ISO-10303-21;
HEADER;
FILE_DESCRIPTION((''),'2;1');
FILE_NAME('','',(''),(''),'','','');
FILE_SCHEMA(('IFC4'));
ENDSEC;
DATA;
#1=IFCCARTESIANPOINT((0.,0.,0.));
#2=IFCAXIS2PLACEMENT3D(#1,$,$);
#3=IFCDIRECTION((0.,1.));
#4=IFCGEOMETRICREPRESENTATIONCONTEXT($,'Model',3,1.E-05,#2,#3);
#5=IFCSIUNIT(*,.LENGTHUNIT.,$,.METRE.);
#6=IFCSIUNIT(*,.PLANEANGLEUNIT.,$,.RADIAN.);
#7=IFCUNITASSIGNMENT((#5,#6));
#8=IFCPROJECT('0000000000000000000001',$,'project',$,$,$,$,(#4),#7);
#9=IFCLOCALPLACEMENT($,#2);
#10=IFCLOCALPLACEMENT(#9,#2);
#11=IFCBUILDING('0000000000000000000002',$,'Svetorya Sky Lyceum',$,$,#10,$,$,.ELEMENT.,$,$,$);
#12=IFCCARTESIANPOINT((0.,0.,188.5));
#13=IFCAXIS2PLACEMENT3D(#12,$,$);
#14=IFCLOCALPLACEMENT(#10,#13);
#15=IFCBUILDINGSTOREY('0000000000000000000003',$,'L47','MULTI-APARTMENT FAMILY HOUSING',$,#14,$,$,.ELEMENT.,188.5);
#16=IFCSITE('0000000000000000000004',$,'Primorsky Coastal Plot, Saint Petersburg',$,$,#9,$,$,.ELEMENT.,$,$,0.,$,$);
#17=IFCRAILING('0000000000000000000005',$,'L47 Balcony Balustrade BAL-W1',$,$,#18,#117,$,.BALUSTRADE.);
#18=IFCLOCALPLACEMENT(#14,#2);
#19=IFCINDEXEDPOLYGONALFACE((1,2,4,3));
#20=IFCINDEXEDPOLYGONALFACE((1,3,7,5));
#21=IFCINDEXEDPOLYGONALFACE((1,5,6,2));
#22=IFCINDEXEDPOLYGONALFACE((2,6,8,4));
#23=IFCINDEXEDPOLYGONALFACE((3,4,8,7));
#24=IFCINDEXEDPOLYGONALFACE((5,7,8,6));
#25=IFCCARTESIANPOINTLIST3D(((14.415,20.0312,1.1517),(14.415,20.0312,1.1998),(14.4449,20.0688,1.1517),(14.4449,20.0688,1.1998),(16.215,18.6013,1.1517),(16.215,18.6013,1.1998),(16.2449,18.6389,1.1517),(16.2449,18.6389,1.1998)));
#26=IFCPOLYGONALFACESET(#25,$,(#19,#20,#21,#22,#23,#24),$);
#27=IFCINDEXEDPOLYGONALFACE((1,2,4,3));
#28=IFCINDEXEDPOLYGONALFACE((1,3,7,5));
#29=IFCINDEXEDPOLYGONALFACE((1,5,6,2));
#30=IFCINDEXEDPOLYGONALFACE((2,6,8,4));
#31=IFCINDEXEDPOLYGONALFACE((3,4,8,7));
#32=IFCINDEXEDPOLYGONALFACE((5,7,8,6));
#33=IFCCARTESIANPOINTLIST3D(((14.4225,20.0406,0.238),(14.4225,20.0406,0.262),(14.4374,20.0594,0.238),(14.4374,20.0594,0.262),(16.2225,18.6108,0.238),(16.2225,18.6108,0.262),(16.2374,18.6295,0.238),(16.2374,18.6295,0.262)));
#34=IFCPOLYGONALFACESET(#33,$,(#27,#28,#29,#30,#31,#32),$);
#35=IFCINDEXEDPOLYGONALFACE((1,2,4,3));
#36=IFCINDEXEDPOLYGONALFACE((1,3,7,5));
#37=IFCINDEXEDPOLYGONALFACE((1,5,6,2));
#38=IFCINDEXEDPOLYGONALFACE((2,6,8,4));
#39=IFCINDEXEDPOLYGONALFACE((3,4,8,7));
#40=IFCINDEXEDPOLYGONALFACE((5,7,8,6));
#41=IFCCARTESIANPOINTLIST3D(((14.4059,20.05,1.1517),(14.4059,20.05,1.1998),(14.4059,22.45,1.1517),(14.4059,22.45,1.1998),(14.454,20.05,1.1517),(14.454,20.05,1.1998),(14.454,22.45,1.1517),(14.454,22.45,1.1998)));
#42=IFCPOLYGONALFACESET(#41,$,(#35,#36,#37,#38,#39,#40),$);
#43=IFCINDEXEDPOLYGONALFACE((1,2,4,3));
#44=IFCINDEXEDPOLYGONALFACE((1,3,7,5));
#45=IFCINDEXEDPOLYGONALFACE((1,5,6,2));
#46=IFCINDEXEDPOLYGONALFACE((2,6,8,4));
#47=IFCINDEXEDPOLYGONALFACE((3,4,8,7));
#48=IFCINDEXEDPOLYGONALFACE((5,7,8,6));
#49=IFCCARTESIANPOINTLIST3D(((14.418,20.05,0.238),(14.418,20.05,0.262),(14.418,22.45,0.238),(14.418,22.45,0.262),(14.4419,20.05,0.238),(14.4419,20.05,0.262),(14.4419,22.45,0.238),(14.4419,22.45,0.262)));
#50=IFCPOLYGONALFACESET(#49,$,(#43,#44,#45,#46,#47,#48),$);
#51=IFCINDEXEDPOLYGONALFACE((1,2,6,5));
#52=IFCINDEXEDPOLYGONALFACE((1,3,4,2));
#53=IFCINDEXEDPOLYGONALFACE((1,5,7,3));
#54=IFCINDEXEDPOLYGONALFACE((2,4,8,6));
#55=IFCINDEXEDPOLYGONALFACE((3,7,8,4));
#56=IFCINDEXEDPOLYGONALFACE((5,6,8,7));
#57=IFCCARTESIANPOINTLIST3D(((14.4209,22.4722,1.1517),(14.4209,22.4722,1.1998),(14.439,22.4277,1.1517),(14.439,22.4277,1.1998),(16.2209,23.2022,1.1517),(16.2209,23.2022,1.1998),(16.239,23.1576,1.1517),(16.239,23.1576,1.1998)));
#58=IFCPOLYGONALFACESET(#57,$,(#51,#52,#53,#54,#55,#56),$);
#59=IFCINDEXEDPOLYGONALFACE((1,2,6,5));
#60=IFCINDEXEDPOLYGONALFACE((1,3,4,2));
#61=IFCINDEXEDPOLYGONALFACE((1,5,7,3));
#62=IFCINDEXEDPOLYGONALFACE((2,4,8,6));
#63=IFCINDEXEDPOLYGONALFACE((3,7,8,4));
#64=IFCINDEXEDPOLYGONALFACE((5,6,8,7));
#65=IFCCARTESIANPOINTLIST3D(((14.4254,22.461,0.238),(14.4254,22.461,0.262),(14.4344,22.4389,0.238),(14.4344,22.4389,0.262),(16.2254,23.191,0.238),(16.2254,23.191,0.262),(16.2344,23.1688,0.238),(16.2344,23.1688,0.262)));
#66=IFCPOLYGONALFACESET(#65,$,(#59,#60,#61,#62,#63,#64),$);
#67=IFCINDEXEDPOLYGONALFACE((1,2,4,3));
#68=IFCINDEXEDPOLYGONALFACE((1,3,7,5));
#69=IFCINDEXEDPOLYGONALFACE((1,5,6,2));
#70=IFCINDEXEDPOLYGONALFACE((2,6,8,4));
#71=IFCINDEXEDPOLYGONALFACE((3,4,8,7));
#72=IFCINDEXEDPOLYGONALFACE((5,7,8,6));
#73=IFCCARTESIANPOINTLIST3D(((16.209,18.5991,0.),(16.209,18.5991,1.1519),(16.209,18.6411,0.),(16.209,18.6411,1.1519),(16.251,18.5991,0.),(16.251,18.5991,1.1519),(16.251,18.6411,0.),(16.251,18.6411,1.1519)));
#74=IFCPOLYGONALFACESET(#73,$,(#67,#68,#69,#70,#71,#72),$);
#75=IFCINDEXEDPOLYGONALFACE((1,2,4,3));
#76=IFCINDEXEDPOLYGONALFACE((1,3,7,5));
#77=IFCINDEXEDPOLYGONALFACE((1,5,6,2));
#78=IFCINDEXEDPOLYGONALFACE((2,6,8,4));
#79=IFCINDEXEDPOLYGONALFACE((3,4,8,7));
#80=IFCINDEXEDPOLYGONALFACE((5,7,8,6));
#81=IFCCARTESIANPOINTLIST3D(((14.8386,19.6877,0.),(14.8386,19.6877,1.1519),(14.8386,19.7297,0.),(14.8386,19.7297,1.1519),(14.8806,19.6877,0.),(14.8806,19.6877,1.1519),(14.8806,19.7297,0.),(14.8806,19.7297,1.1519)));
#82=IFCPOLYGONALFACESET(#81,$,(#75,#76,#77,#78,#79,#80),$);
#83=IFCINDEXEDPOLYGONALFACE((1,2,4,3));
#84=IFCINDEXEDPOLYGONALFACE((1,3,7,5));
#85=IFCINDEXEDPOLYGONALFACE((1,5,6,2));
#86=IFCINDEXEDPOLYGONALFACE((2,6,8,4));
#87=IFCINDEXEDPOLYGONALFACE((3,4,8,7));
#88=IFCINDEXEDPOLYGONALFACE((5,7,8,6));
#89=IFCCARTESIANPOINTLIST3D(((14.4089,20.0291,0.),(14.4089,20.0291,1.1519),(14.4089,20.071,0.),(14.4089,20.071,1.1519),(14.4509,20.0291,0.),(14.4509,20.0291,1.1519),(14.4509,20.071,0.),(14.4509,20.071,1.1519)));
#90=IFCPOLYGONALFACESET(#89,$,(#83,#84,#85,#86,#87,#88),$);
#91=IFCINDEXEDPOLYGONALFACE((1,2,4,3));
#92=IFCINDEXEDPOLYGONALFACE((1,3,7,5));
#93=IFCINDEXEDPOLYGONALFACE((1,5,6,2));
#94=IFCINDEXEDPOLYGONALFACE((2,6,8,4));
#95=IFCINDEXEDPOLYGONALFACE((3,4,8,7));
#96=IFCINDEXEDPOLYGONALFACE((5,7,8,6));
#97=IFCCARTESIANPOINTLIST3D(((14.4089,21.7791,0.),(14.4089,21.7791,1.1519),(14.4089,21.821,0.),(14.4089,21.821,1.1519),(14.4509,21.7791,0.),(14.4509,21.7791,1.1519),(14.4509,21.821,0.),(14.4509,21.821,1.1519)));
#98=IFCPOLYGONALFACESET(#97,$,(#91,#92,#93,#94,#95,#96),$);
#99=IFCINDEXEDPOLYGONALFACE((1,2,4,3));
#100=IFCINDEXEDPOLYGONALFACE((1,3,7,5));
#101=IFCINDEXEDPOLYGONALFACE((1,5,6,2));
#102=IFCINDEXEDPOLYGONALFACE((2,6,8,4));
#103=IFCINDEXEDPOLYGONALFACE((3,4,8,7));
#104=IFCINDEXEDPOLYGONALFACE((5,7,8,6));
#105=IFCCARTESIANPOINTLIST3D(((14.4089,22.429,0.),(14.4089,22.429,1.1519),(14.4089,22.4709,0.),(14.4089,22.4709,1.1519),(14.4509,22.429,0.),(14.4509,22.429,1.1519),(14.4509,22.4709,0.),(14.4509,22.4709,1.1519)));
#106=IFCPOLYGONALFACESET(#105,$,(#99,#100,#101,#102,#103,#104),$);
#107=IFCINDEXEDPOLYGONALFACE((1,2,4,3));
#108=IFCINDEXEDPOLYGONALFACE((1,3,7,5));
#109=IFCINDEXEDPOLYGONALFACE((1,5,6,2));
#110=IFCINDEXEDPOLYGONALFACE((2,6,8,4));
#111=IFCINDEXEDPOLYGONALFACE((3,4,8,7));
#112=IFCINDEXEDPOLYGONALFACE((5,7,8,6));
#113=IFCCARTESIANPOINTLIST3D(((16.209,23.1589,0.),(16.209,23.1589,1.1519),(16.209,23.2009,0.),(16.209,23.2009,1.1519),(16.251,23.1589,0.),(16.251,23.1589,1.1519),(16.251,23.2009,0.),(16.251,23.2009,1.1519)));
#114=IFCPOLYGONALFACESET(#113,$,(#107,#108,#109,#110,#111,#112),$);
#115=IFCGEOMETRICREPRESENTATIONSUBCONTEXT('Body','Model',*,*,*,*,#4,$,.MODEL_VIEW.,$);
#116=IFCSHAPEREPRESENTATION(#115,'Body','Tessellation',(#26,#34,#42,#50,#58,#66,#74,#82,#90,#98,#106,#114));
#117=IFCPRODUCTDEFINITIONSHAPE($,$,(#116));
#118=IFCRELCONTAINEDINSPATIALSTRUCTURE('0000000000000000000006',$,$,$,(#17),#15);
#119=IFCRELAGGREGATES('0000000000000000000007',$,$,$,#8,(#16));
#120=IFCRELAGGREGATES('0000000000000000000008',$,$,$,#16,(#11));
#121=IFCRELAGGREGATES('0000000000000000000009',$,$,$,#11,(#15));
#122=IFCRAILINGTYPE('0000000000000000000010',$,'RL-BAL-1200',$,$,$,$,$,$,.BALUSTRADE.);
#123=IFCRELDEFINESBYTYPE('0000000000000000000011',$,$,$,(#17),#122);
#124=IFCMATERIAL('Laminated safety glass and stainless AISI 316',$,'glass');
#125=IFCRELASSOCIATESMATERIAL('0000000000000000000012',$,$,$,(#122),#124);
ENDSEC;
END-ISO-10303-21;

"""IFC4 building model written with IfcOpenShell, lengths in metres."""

from ifc_helpers import new_model, si_unit, direction, frame, origin, origin_2d, place, context, subcontext, project, spatial, rectangle, extrude, material, type_object, element, save


model = new_model("IFC4")

# Units and contexts
model_context = context("Model", 3, precision=1e-05, world=origin(), true_north=direction((0.0, 1.0)))
body_context = subcontext(model_context, "Body", "Model", "MODEL_VIEW")
ifc_project = project(units=[si_unit("LENGTHUNIT", "METRE"), si_unit("PLANEANGLEUNIT", "RADIAN")], contexts=[model_context])

# Site, building, storey
site_placement = place(None, origin())
site = spatial("IfcSite", under=ifc_project, at=site_placement, Name="Primorsky Coastal Plot, Saint Petersburg", CompositionType="ELEMENT", RefElevation=0.0)
building_placement = place(site_placement, origin())
building = spatial("IfcBuilding", under=site, at=building_placement, Name="Svetorya Sky Lyceum", CompositionType="ELEMENT")
storey_placement = place(building_placement, frame((0.0, 0.0, 188.5)))
storey = spatial("IfcBuildingStorey", under=building, at=storey_placement, Name="L47", Description="MULTI-APARTMENT FAMILY HOUSING", CompositionType="ELEMENT", Elevation=188.5)

# Railing
ifc_material_1 = material(Name="Laminated safety glass and stainless AISI 316", Category="glass")
railing_type = type_object("IfcRailingType", Name="RL-BAL-1200", PredefinedType="BALUSTRADE", material=ifc_material_1)
railing_placement = place(storey_placement, frame((16.23, 18.6201, 0.0)))
element("IfcRailing", 1, at=railing_placement, inside=storey, type_object=railing_type, Name="L47 Balcony Balustrade BAL-W1", PredefinedType="BALUSTRADE", context=body_context, shape_type="SweptSolid", body=[
    extrude(rectangle(XDim=0.0481, YDim=0.0481, at=origin_2d()), frame((0.0, 0.0, 1.1758), z_axis=(-0.783009, 0.62201, 0.0), x_axis=(-0.62201, -0.783009, 0.0)), (0.0, 0.0, 1.0), 2.2988),
    extrude(rectangle(XDim=0.0239, YDim=0.0239, at=origin_2d()), frame((0.0, 0.0, 0.25), z_axis=(-0.783009, 0.62201, 0.0), x_axis=(-0.62201, -0.783009, 0.0)), (0.0, 0.0, 1.0), 2.2988),
    extrude(rectangle(XDim=0.0481, YDim=0.0481, at=origin_2d()), frame((-1.8, 1.4299, 1.1758), z_axis=(0.0, 1.0, 0.0), x_axis=(-1.0, 0.0, 0.0)), (0.0, 0.0, 1.0), 2.3999),
    extrude(rectangle(XDim=0.0239, YDim=0.0239, at=origin_2d()), frame((-1.8, 1.4299, 0.25), z_axis=(0.0, 1.0, 0.0), x_axis=(-1.0, 0.0, 0.0)), (0.0, 0.0, 1.0), 2.3999),
    extrude(rectangle(XDim=0.0481, YDim=0.0481, at=origin_2d()), frame((-1.8, 3.8298, 1.1758), z_axis=(0.926698, 0.375807, 0.0), x_axis=(-0.375807, 0.926698, 0.0)), (0.0, 0.0, 1.0), 1.9424),
    extrude(rectangle(XDim=0.0239, YDim=0.0239, at=origin_2d()), frame((-1.8, 3.8298, 0.25), z_axis=(0.926698, 0.375807, 0.0), x_axis=(-0.375807, 0.926698, 0.0)), (0.0, 0.0, 1.0), 1.9424),
    extrude(rectangle(XDim=0.042, YDim=0.042, at=origin_2d()), origin(), (0.0, 0.0, 1.0), 1.1519),
    extrude(rectangle(XDim=0.042, YDim=0.042, at=origin_2d()), frame((-1.3704, 1.0886, 0.0)), (0.0, 0.0, 1.0), 1.1519),
    extrude(rectangle(XDim=0.042, YDim=0.042, at=origin_2d()), frame((-1.8, 1.4299, 0.0)), (0.0, 0.0, 1.0), 1.1519),
    extrude(rectangle(XDim=0.042, YDim=0.042, at=origin_2d()), frame((-1.8, 3.1799, 0.0)), (0.0, 0.0, 1.0), 1.1519),
    extrude(rectangle(XDim=0.042, YDim=0.042, at=origin_2d()), frame((-1.8, 3.8298, 0.0)), (0.0, 0.0, 1.0), 1.1519),
    extrude(rectangle(XDim=0.042, YDim=0.042, at=origin_2d()), frame((0.0, 4.5598, 0.0)), (0.0, 0.0, 1.0), 1.1519),
])

save(model, "model.ifc")
